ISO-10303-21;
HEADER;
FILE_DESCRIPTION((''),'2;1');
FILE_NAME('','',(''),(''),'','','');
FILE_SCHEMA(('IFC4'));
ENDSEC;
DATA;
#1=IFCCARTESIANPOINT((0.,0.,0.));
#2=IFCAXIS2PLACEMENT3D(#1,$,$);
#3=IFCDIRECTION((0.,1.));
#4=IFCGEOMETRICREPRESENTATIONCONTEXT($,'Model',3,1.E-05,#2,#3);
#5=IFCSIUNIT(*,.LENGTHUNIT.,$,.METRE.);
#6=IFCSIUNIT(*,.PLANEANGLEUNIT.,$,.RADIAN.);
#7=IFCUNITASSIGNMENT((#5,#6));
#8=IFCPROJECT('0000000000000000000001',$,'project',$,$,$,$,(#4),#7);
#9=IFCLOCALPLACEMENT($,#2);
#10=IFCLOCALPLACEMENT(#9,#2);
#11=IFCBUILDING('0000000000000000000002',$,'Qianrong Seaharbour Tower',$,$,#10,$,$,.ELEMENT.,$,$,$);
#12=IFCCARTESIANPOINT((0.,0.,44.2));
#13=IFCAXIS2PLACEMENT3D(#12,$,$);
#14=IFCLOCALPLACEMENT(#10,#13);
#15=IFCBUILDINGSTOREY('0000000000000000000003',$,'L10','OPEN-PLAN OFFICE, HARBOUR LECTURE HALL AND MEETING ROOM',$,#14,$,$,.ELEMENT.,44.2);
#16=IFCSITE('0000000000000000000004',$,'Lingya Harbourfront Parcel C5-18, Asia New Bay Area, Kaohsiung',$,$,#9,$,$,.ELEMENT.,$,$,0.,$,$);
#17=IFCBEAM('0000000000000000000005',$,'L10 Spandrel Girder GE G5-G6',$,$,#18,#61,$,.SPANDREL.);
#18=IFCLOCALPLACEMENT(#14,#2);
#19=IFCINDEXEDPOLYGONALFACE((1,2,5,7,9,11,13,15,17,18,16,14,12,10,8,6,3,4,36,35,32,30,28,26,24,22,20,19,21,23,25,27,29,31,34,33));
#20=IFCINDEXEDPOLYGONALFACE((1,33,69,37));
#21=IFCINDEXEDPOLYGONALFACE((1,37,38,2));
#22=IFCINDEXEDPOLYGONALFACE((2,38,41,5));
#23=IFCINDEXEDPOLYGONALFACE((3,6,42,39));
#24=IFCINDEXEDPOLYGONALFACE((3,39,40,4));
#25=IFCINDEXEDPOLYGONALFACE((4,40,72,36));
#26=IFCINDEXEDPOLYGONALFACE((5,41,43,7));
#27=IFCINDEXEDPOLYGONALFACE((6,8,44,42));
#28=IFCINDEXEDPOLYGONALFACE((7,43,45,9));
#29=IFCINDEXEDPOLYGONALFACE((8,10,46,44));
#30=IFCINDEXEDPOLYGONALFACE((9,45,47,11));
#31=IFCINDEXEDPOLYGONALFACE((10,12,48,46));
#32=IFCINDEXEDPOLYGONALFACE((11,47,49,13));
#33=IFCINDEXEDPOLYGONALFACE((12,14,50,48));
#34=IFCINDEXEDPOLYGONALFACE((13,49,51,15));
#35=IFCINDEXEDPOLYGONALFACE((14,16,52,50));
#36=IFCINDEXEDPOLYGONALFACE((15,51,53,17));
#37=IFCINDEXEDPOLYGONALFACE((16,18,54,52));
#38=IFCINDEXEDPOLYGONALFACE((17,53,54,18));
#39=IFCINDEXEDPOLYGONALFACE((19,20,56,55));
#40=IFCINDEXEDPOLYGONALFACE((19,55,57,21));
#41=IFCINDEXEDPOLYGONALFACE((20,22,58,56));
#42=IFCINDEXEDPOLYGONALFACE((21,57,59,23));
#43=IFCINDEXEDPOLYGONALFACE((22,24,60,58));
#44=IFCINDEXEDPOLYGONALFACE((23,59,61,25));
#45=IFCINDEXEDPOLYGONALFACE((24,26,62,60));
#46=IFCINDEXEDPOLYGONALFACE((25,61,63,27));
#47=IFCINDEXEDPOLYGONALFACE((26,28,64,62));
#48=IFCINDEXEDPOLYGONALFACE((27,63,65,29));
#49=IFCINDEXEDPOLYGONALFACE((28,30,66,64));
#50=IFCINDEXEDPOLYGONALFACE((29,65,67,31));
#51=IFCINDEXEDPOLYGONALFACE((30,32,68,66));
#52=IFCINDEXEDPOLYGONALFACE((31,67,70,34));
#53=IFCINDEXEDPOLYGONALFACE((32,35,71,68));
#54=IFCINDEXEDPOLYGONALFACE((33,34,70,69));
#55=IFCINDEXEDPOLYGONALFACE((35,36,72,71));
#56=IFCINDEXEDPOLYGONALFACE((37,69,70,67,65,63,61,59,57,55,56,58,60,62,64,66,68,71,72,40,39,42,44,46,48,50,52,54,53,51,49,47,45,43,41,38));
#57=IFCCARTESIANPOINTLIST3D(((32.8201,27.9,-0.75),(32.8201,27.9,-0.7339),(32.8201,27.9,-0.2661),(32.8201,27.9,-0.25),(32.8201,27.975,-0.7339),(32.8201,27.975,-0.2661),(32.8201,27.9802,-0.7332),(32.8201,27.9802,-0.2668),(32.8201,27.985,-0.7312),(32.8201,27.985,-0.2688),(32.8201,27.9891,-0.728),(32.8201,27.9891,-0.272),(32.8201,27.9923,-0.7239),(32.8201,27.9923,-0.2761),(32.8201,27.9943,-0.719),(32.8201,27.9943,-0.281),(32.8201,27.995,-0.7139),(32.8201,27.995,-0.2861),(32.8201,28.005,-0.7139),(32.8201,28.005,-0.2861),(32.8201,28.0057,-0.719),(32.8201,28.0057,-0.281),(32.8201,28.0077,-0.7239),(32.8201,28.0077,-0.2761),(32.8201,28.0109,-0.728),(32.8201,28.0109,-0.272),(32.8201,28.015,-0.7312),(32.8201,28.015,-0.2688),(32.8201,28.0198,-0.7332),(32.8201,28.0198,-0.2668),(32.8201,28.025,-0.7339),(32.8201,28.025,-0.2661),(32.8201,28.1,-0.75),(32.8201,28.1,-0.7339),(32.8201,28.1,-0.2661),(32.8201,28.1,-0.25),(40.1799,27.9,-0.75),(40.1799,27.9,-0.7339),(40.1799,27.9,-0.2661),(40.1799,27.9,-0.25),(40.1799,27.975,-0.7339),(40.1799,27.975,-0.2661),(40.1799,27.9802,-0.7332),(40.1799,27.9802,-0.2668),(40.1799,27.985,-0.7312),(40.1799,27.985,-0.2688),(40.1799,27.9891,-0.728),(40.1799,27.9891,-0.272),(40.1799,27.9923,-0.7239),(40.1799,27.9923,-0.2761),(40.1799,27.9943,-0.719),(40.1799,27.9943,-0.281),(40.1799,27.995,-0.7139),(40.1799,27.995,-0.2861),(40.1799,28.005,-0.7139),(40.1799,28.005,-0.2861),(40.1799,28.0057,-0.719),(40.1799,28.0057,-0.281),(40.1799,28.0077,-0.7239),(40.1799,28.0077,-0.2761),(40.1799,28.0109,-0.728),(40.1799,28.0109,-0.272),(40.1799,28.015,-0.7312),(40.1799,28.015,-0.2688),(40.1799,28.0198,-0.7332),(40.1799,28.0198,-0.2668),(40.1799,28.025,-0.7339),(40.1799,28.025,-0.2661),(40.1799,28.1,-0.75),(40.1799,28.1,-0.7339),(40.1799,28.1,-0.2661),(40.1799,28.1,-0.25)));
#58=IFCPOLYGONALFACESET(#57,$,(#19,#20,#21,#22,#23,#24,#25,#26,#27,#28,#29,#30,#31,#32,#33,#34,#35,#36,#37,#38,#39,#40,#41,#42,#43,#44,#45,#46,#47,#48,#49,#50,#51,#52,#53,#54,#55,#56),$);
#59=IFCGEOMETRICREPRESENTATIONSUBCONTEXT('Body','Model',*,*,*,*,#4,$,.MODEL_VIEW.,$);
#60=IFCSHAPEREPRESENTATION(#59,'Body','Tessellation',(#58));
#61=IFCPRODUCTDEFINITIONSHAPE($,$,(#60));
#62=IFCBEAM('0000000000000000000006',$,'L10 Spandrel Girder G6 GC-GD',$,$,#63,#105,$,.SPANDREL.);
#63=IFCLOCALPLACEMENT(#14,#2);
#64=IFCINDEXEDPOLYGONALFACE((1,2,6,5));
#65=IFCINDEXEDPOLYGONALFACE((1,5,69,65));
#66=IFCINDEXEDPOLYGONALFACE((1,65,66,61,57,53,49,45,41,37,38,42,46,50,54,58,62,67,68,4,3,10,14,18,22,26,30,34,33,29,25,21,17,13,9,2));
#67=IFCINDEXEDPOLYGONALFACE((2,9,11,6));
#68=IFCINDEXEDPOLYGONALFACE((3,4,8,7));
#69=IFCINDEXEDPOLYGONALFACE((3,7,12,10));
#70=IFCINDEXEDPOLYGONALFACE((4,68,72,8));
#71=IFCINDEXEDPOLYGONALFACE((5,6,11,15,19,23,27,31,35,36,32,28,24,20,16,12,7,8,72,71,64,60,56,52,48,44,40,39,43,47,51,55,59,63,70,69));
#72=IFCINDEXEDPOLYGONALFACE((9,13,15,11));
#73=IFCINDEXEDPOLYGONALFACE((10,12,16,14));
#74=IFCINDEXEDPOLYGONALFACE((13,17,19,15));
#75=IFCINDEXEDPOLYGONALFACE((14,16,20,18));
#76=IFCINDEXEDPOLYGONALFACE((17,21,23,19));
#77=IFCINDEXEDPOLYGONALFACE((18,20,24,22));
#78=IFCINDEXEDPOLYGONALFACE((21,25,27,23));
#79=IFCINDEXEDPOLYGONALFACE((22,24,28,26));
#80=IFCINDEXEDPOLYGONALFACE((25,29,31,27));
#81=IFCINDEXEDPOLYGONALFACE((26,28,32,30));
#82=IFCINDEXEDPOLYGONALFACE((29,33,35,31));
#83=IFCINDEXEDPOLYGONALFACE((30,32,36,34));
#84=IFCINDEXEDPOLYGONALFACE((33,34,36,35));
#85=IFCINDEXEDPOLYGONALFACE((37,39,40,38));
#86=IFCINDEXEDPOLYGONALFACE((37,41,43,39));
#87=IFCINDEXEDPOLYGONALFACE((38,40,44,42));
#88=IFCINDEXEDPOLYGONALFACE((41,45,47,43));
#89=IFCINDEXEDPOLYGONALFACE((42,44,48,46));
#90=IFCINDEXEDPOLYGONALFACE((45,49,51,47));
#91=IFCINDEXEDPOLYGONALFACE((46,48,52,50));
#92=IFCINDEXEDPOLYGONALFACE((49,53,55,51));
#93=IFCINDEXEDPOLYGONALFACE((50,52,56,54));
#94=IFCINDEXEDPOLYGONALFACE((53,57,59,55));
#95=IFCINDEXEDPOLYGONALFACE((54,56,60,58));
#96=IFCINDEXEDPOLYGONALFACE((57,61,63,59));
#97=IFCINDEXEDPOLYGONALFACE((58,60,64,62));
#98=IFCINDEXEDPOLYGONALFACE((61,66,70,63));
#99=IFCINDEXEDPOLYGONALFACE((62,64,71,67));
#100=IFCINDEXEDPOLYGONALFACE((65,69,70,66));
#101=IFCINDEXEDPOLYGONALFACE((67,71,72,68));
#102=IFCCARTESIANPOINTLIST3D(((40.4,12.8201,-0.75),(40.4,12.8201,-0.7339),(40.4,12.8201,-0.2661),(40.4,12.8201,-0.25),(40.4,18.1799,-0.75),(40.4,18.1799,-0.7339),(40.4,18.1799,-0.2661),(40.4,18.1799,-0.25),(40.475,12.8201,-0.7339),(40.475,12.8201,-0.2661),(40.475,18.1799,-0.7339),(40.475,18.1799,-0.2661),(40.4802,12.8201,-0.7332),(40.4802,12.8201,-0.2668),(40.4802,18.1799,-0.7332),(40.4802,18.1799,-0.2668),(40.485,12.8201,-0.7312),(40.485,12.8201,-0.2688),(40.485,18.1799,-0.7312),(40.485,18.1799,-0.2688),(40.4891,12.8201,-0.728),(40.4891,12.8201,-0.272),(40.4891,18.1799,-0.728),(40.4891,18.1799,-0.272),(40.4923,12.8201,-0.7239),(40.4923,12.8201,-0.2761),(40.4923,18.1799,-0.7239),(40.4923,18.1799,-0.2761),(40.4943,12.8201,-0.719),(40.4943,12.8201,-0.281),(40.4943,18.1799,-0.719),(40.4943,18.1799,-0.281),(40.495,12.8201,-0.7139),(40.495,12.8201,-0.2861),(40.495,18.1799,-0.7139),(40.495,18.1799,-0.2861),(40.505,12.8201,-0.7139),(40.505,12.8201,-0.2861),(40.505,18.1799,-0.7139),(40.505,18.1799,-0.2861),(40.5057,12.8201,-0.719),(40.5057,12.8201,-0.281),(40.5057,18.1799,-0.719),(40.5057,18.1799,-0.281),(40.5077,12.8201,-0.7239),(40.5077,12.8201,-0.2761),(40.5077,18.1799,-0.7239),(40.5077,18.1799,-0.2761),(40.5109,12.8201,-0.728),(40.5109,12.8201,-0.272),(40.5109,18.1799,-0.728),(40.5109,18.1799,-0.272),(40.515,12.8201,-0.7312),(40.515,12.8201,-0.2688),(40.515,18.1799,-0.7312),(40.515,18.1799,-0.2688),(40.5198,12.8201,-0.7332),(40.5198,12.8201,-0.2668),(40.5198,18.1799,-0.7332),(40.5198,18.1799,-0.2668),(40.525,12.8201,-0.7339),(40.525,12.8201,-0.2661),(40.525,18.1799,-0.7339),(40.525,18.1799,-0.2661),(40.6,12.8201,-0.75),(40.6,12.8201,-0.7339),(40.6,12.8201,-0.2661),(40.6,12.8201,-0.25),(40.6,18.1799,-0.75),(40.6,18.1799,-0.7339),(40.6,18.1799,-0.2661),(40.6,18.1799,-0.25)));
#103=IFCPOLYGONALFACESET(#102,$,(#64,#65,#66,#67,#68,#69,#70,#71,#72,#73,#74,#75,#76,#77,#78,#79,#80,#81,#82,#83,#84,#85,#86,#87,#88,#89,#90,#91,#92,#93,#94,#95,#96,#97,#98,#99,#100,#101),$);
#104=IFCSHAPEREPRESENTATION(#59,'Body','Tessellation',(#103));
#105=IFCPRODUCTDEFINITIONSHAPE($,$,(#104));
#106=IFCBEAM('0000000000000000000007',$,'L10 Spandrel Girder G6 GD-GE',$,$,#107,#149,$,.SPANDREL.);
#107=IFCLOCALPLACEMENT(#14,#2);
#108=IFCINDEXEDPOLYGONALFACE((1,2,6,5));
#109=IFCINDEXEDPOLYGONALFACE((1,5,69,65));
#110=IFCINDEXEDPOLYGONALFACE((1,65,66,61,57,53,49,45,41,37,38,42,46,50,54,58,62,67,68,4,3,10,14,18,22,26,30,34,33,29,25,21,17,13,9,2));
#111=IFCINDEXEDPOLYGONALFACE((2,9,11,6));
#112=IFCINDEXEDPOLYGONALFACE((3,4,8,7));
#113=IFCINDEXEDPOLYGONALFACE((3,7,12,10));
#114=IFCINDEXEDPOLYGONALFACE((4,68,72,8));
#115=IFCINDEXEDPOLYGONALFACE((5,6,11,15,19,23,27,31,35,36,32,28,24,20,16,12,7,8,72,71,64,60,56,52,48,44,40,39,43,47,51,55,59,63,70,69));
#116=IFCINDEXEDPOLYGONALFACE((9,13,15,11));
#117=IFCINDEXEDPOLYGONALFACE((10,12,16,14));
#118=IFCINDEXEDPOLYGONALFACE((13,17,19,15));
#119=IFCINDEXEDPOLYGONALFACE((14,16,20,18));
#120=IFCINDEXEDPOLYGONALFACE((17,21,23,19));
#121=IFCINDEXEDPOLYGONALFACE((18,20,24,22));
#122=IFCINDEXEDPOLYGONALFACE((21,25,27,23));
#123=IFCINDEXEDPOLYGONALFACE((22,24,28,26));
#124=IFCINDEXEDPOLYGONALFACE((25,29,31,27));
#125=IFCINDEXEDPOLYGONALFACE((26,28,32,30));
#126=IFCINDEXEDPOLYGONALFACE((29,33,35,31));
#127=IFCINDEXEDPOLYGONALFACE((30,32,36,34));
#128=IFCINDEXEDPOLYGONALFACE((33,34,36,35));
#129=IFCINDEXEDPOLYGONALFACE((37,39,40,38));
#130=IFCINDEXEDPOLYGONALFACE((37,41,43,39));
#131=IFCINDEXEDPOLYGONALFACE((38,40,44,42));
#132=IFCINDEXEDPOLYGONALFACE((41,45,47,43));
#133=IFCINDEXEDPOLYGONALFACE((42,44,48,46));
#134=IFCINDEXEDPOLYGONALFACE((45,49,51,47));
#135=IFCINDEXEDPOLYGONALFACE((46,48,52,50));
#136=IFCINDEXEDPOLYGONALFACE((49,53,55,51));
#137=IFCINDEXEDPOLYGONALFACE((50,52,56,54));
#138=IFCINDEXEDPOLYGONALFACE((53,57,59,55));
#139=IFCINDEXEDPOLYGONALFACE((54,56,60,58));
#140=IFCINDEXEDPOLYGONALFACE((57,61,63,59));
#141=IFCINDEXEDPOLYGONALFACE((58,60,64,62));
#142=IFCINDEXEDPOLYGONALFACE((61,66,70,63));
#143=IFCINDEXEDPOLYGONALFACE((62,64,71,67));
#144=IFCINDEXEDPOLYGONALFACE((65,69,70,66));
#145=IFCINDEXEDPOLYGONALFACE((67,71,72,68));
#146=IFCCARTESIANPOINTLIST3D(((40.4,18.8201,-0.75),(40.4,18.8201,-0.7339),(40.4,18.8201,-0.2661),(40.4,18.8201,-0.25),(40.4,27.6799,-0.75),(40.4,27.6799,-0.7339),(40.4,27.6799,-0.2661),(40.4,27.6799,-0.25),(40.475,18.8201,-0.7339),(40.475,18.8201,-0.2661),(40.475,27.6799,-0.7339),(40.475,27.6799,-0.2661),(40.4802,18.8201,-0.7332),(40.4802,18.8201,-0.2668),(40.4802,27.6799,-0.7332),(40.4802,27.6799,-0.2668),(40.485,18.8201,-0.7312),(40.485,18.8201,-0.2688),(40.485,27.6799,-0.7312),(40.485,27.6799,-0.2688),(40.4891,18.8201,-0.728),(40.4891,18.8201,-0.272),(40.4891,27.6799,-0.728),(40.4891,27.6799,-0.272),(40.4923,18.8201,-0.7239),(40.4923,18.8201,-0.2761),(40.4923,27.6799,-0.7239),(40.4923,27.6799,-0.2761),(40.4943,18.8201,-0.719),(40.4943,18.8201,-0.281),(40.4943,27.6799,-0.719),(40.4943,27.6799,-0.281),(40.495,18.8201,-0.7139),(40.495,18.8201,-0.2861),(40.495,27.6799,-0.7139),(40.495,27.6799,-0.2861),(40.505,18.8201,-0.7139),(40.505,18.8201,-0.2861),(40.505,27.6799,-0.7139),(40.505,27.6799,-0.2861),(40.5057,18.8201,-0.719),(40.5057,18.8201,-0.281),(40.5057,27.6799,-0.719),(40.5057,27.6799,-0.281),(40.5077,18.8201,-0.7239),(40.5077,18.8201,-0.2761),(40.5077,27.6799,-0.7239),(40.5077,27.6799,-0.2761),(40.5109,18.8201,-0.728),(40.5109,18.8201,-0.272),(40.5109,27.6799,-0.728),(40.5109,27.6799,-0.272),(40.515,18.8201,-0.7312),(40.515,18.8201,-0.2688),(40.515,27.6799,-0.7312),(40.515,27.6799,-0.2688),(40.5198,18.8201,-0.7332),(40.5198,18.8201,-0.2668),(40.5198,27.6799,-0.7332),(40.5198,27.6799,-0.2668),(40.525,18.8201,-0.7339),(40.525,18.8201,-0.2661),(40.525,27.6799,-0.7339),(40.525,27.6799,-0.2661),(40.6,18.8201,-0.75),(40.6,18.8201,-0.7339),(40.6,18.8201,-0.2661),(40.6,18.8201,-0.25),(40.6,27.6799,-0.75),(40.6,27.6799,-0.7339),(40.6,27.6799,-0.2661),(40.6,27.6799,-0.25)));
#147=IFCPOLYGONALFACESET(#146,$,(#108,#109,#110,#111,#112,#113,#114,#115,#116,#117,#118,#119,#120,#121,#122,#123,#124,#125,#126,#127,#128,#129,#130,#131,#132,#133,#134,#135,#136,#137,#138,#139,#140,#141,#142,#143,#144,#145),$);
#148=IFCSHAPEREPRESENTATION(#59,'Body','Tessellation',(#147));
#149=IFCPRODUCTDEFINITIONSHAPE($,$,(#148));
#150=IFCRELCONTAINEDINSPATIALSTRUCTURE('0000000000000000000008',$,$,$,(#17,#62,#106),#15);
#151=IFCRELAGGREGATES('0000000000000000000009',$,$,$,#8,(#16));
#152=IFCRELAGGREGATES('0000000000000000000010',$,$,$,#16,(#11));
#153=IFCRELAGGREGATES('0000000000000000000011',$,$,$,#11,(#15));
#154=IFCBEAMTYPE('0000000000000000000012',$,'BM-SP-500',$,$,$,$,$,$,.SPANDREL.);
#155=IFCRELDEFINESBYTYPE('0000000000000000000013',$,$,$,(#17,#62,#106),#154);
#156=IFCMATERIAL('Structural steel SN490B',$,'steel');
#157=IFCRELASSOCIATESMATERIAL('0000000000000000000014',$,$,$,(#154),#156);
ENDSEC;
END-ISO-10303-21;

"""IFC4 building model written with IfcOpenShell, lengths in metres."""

from ifc_helpers import new_model, si_unit, direction, frame, origin, origin_2d, place, context, subcontext, project, spatial, i_section, extrude, material, material_profile, profile_set, type_object, element, save


model = new_model("IFC4")

# Units and contexts
model_context = context("Model", 3, precision=1e-05, world=origin(), true_north=direction((0.0, 1.0)))
body_context = subcontext(model_context, "Body", "Model", "MODEL_VIEW")
ifc_project = project(units=[si_unit("LENGTHUNIT", "METRE"), si_unit("PLANEANGLEUNIT", "RADIAN")], contexts=[model_context])

# Site, building, storey
site_placement = place(None, origin())
site = spatial("IfcSite", under=ifc_project, at=site_placement, Name="Lingya Harbourfront Parcel C5-18, Asia New Bay Area, Kaohsiung", CompositionType="ELEMENT", RefElevation=0.0)
building_placement = place(site_placement, origin())
building = spatial("IfcBuilding", under=site, at=building_placement, Name="Qianrong Seaharbour Tower", CompositionType="ELEMENT")
storey_placement = place(building_placement, frame((0.0, 0.0, 44.2)))
storey = spatial("IfcBuildingStorey", under=building, at=storey_placement, Name="L10", Description="OPEN-PLAN OFFICE, HARBOUR LECTURE HALL AND MEETING ROOM", CompositionType="ELEMENT", Elevation=44.2)

# Shared definitions
ifc_material_1 = material(Name="Structural steel SN490B", Category="steel")

# Beams
ifc_material_profile_1 = material_profile(ifc_material_1, i_section(OverallWidth=0.2, OverallDepth=0.5, WebThickness=0.01, FlangeThickness=0.0161, FilletRadius=0.02, at=origin_2d()), Name="H500x200x10x16")
ifc_profile_set_1 = profile_set([ifc_material_profile_1], Name="Structural steel SN490B")
beam_type_1 = type_object("IfcBeamType", Name="BM-SP-500", PredefinedType="SPANDREL", material=ifc_profile_set_1)
for number, where, z_axis, x_axis, name in (
    (1, (32.8201, 28.0, -0.5), (1.0, 0.0, 0.0), (0.0, 1.0, 0.0), "L10 Spandrel Girder GE G5-G6"),
):
    element("IfcBeam", number, at=place(storey_placement, frame(where, z_axis=z_axis, x_axis=x_axis)), inside=storey, type_object=beam_type_1, Name=name, PredefinedType="SPANDREL", context=body_context, shape_type="SweptSolid", body=[
        extrude(i_section(OverallWidth=0.2, OverallDepth=0.5, WebThickness=0.01, FlangeThickness=0.0161, FilletRadius=0.02, at=origin_2d()), origin(), (0.0, 0.0, 1.0), 7.3599),
    ])
beam_1_placement = place(storey_placement, frame((40.5, 12.8201, -0.5), z_axis=(0.0, 1.0, 0.0), x_axis=(-1.0, 0.0, 0.0)))
element("IfcBeam", 2, at=beam_1_placement, inside=storey, type_object=beam_type_1, Name="L10 Spandrel Girder G6 GC-GD", PredefinedType="SPANDREL", context=body_context, shape_type="SweptSolid", body=[
    extrude(i_section(OverallWidth=0.2, OverallDepth=0.5, WebThickness=0.01, FlangeThickness=0.0161, FilletRadius=0.02, at=origin_2d()), origin(), (0.0, 0.0, 1.0), 5.3599),
])
beam_2_placement = place(storey_placement, frame((40.5, 18.8201, -0.5), z_axis=(0.0, 1.0, 0.0), x_axis=(-1.0, 0.0, 0.0)))
element("IfcBeam", 3, at=beam_2_placement, inside=storey, type_object=beam_type_1, Name="L10 Spandrel Girder G6 GD-GE", PredefinedType="SPANDREL", context=body_context, shape_type="SweptSolid", body=[
    extrude(i_section(OverallWidth=0.2, OverallDepth=0.5, WebThickness=0.01, FlangeThickness=0.0161, FilletRadius=0.02, at=origin_2d()), origin(), (0.0, 0.0, 1.0), 8.8599),
])

save(model, "model.ifc")
